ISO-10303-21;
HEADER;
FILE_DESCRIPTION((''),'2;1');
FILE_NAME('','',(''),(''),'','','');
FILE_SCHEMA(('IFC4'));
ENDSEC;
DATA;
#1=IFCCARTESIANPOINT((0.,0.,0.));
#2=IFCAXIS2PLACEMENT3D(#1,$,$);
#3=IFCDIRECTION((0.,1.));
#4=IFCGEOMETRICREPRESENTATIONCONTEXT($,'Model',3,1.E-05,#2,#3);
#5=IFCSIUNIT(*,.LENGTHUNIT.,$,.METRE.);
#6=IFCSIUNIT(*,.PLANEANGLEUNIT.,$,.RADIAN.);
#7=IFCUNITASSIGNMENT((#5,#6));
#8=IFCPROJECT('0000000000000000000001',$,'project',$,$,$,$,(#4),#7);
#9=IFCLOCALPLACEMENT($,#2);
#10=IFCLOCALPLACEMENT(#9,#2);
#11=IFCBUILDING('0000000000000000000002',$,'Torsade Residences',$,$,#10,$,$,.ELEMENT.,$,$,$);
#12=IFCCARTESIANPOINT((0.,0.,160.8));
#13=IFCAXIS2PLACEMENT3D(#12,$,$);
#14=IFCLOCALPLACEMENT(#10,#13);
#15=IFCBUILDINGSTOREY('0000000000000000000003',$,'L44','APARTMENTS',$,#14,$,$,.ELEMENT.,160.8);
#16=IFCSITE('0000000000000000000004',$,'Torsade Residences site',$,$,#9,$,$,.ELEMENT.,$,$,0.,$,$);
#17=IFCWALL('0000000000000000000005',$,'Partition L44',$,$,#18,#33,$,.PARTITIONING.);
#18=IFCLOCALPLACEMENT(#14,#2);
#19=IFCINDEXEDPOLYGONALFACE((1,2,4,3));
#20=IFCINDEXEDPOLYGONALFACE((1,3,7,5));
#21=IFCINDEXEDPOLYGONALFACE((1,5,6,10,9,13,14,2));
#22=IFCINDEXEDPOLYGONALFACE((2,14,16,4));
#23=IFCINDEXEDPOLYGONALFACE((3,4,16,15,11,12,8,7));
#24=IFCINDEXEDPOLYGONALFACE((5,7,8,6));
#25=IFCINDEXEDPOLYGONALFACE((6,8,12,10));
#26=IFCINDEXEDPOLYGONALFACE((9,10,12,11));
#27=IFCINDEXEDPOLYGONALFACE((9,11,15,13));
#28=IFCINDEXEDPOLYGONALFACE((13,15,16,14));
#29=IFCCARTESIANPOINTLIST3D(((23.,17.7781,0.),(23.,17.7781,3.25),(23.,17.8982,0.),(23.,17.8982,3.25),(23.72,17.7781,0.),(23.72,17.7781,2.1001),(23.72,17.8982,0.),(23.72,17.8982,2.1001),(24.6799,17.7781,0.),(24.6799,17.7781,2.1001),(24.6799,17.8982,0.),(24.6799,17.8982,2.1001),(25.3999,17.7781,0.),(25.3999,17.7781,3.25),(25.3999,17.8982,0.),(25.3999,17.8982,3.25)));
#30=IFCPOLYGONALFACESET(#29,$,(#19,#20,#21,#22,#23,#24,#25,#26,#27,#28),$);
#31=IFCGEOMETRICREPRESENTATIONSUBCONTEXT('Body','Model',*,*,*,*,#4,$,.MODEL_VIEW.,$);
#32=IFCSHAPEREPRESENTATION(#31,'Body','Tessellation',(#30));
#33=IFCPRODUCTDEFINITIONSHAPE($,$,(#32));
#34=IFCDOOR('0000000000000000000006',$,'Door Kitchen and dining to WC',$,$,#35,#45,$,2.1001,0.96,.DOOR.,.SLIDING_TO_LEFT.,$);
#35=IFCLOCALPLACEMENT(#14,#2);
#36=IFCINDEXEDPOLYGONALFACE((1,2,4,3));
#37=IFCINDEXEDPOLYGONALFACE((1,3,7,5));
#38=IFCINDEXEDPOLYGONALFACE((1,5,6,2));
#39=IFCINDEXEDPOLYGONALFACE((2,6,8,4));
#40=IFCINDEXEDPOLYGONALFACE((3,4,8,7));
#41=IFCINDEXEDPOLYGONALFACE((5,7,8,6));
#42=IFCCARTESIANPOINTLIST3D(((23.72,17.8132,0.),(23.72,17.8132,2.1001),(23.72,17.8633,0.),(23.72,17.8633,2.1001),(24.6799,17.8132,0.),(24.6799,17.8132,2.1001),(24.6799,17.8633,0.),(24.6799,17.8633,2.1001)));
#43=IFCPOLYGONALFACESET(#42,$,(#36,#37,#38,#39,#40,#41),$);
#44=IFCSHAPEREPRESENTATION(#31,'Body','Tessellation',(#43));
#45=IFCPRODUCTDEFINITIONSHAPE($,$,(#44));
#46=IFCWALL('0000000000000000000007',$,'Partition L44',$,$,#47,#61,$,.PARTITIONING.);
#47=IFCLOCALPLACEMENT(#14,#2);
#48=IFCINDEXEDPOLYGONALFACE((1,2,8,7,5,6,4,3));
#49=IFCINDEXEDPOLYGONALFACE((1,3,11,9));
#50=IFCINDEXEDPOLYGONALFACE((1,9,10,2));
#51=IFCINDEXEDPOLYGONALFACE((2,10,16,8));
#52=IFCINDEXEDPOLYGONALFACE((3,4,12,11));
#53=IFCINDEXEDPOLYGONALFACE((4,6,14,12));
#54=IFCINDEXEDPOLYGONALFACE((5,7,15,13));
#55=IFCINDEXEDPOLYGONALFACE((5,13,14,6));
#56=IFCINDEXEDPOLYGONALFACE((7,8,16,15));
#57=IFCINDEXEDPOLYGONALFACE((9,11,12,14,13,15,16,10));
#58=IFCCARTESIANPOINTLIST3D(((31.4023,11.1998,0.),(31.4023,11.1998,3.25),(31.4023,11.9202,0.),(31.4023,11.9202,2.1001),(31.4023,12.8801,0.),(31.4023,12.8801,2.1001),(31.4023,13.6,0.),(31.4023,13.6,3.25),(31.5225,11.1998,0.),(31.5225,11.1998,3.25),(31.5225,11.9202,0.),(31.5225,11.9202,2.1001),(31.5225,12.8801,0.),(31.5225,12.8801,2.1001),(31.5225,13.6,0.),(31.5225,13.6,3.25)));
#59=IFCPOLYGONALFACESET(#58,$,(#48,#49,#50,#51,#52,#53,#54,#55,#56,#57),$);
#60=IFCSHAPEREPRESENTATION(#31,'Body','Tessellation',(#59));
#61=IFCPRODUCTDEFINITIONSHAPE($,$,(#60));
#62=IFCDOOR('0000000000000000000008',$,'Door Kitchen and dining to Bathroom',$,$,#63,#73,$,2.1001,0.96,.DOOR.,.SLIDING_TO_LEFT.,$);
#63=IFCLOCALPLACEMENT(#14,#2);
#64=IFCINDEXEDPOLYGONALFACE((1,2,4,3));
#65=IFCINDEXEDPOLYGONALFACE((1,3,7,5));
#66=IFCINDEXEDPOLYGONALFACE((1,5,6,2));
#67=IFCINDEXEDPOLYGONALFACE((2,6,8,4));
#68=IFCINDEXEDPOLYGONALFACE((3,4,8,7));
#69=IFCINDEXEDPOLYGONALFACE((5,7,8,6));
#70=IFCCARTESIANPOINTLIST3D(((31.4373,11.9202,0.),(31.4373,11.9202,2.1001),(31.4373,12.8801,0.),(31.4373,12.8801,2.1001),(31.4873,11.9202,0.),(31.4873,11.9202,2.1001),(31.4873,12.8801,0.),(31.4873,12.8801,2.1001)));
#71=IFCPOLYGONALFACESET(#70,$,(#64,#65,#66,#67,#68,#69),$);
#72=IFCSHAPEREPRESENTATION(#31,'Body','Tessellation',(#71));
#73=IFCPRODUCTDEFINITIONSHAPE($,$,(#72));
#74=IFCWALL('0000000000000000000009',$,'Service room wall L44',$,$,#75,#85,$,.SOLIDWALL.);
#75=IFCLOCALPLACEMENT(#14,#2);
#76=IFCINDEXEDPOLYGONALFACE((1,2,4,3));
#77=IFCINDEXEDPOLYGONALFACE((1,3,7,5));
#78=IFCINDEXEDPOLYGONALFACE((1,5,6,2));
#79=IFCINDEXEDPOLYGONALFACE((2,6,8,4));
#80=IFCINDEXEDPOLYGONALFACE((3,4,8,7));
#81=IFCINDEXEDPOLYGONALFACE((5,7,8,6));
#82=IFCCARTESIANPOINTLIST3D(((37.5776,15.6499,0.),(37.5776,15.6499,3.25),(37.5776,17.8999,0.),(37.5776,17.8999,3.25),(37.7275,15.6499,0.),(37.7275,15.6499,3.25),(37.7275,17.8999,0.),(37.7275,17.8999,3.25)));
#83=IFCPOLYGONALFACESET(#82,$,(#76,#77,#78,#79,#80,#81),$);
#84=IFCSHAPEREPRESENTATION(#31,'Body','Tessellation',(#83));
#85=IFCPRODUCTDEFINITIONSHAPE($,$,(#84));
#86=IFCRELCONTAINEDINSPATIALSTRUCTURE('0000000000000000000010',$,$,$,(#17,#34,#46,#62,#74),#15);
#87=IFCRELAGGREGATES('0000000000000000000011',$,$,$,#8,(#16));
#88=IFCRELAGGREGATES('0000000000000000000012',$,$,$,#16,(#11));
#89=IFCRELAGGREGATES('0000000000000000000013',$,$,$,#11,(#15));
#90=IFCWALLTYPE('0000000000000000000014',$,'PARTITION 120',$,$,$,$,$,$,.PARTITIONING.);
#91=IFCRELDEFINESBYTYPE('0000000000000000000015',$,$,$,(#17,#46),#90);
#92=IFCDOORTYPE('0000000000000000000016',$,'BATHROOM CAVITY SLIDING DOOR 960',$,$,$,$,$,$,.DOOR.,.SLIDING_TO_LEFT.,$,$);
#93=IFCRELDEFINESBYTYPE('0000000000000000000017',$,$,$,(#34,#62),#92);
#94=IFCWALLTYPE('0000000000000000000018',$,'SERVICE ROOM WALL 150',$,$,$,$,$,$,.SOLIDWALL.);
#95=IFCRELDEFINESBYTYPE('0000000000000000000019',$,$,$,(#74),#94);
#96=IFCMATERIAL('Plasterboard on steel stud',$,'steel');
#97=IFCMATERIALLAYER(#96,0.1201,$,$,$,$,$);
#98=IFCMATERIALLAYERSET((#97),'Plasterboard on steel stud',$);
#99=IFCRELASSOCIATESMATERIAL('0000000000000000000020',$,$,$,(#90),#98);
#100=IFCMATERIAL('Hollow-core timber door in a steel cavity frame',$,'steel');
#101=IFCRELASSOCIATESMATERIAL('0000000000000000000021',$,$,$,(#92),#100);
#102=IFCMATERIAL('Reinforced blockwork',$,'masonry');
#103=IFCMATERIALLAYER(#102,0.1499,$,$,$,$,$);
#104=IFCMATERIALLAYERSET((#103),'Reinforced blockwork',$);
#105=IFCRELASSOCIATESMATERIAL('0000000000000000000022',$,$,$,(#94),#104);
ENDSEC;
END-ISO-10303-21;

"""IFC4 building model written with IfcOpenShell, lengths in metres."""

from ifc_helpers import new_model, si_unit, direction, frame, frame_2d, origin, place, context, subcontext, project, spatial, rectangle, extrude, material, layer, layer_set, type_object, element, fill, save


model = new_model("IFC4")

# Units and contexts
model_context = context("Model", 3, precision=1e-05, world=origin(), true_north=direction((0.0, 1.0)))
body_context = subcontext(model_context, "Body", "Model", "MODEL_VIEW")
ifc_project = project(units=[si_unit("LENGTHUNIT", "METRE"), si_unit("PLANEANGLEUNIT", "RADIAN")], contexts=[model_context])

# Site, building, storey
site_placement = place(None, origin())
site = spatial("IfcSite", under=ifc_project, at=site_placement, Name="Torsade Residences site", CompositionType="ELEMENT", RefElevation=0.0)
building_placement = place(site_placement, origin())
building = spatial("IfcBuilding", under=site, at=building_placement, Name="Torsade Residences", CompositionType="ELEMENT")
storey_placement = place(building_placement, frame((0.0, 0.0, 160.8)))
storey = spatial("IfcBuildingStorey", under=building, at=storey_placement, Name="L44", Description="APARTMENTS", CompositionType="ELEMENT", Elevation=160.8)

# Walls, openings, doors
ifc_material_1 = material(Name="Plasterboard on steel stud", Category="steel")
ifc_layer_1 = layer(ifc_material_1, 0.1201)
ifc_layer_set_1 = layer_set([ifc_layer_1], Name="Plasterboard on steel stud")
wall_type_1 = type_object("IfcWallType", Name="PARTITION 120", PredefinedType="PARTITIONING", material=ifc_layer_set_1)
wall_1_placement = place(storey_placement, frame((25.3999, 17.8381, 0.0), z_axis=(0.0, 0.0, 1.0), x_axis=(-1.0, 0.0, 0.0)))
wall_1 = element("IfcWall", 1, at=wall_1_placement, inside=storey, type_object=wall_type_1, Name="Partition L44", PredefinedType="PARTITIONING", context=body_context, shape_type="SweptSolid", body=[
    extrude(rectangle(XDim=2.3999, YDim=0.1201, at=frame_2d((1.2, 0.0))), origin(), (0.0, 0.0, 1.0), 3.25),
])
opening_1_placement = place(wall_1_placement, frame((0.72, 0.0, 0.0)))
opening_1 = element("IfcOpeningElement", 2, at=opening_1_placement, cuts=wall_1, PredefinedType="OPENING", context=body_context, shape_type="SweptSolid", body=[
    extrude(rectangle(XDim=0.96, YDim=2.1001, at=frame_2d((0.48, 1.05))), frame((0.0, 0.0701, 0.0), z_axis=(0.0, -1.0, 0.0), x_axis=(1.0, 0.0, 0.0)), (0.0, 0.0, 1.0), 0.1401),
])
ifc_material_2 = material(Name="Hollow-core timber door in a steel cavity frame", Category="steel")
door_type_1 = type_object("IfcDoorType", Name="BATHROOM CAVITY SLIDING DOOR 960", OperationType="SLIDING_TO_LEFT", PredefinedType="DOOR", material=ifc_material_2)
door_1_placement = place(opening_1_placement, origin())
door_1 = element("IfcDoor", 3, at=door_1_placement, inside=storey, type_object=door_type_1, Name="Door Kitchen and dining to WC", OperationType="SLIDING_TO_LEFT", OverallHeight=2.1001, OverallWidth=0.96, PredefinedType="DOOR", context=body_context, shape_type="SweptSolid", body=[
    extrude(rectangle(XDim=0.96, YDim=2.1001, at=frame_2d((0.48, 1.05))), frame((0.0, 0.0249, 0.0), z_axis=(0.0, -1.0, 0.0), x_axis=(1.0, 0.0, 0.0)), (0.0, 0.0, 1.0), 0.05),
])
fill(opening_1, door_1)
wall_2_placement = place(storey_placement, frame((31.4624, 13.6001, 0.0), z_axis=(0.0, 0.0, 1.0), x_axis=(0.0, -1.0, 0.0)))
wall_2 = element("IfcWall", 4, at=wall_2_placement, inside=storey, type_object=wall_type_1, Name="Partition L44", PredefinedType="PARTITIONING", context=body_context, shape_type="SweptSolid", body=[
    extrude(rectangle(XDim=2.4001, YDim=0.1201, at=frame_2d((1.2002, 0.0))), origin(), (0.0, 0.0, 1.0), 3.25),
])
opening_2_placement = place(wall_2_placement, frame((0.72, 0.0, 0.0)))
opening_2 = element("IfcOpeningElement", 5, at=opening_2_placement, cuts=wall_2, PredefinedType="OPENING", context=body_context, shape_type="SweptSolid", body=[
    extrude(rectangle(XDim=0.96, YDim=2.1001, at=frame_2d((0.48, 1.05))), frame((0.0, 0.0701, 0.0), z_axis=(0.0, -1.0, 0.0), x_axis=(1.0, 0.0, 0.0)), (0.0, 0.0, 1.0), 0.1401),
])
door_2_placement = place(opening_2_placement, origin())
door_2 = element("IfcDoor", 6, at=door_2_placement, inside=storey, type_object=door_type_1, Name="Door Kitchen and dining to Bathroom", OperationType="SLIDING_TO_LEFT", OverallHeight=2.1001, OverallWidth=0.96, PredefinedType="DOOR", context=body_context, shape_type="SweptSolid", body=[
    extrude(rectangle(XDim=0.96, YDim=2.1001, at=frame_2d((0.48, 1.05))), frame((0.0, 0.0249, 0.0), z_axis=(0.0, -1.0, 0.0), x_axis=(1.0, 0.0, 0.0)), (0.0, 0.0, 1.0), 0.05),
])
fill(opening_2, door_2)

# Wall
ifc_material_3 = material(Name="Reinforced blockwork", Category="masonry")
ifc_layer_2 = layer(ifc_material_3, 0.1499)
ifc_layer_set_2 = layer_set([ifc_layer_2], Name="Reinforced blockwork")
wall_type_2 = type_object("IfcWallType", Name="SERVICE ROOM WALL 150", PredefinedType="SOLIDWALL", material=ifc_layer_set_2)
wall_3_placement = place(storey_placement, frame((37.6526, 15.6499, 0.0), z_axis=(0.0, 0.0, 1.0), x_axis=(0.0, 1.0, 0.0)))
element("IfcWall", 7, at=wall_3_placement, inside=storey, type_object=wall_type_2, Name="Service room wall L44", PredefinedType="SOLIDWALL", context=body_context, shape_type="SweptSolid", body=[
    extrude(rectangle(XDim=2.25, YDim=0.1499, at=frame_2d((1.125, 0.0))), origin(), (0.0, 0.0, 1.0), 3.25),
])

save(model, "model.ifc")
